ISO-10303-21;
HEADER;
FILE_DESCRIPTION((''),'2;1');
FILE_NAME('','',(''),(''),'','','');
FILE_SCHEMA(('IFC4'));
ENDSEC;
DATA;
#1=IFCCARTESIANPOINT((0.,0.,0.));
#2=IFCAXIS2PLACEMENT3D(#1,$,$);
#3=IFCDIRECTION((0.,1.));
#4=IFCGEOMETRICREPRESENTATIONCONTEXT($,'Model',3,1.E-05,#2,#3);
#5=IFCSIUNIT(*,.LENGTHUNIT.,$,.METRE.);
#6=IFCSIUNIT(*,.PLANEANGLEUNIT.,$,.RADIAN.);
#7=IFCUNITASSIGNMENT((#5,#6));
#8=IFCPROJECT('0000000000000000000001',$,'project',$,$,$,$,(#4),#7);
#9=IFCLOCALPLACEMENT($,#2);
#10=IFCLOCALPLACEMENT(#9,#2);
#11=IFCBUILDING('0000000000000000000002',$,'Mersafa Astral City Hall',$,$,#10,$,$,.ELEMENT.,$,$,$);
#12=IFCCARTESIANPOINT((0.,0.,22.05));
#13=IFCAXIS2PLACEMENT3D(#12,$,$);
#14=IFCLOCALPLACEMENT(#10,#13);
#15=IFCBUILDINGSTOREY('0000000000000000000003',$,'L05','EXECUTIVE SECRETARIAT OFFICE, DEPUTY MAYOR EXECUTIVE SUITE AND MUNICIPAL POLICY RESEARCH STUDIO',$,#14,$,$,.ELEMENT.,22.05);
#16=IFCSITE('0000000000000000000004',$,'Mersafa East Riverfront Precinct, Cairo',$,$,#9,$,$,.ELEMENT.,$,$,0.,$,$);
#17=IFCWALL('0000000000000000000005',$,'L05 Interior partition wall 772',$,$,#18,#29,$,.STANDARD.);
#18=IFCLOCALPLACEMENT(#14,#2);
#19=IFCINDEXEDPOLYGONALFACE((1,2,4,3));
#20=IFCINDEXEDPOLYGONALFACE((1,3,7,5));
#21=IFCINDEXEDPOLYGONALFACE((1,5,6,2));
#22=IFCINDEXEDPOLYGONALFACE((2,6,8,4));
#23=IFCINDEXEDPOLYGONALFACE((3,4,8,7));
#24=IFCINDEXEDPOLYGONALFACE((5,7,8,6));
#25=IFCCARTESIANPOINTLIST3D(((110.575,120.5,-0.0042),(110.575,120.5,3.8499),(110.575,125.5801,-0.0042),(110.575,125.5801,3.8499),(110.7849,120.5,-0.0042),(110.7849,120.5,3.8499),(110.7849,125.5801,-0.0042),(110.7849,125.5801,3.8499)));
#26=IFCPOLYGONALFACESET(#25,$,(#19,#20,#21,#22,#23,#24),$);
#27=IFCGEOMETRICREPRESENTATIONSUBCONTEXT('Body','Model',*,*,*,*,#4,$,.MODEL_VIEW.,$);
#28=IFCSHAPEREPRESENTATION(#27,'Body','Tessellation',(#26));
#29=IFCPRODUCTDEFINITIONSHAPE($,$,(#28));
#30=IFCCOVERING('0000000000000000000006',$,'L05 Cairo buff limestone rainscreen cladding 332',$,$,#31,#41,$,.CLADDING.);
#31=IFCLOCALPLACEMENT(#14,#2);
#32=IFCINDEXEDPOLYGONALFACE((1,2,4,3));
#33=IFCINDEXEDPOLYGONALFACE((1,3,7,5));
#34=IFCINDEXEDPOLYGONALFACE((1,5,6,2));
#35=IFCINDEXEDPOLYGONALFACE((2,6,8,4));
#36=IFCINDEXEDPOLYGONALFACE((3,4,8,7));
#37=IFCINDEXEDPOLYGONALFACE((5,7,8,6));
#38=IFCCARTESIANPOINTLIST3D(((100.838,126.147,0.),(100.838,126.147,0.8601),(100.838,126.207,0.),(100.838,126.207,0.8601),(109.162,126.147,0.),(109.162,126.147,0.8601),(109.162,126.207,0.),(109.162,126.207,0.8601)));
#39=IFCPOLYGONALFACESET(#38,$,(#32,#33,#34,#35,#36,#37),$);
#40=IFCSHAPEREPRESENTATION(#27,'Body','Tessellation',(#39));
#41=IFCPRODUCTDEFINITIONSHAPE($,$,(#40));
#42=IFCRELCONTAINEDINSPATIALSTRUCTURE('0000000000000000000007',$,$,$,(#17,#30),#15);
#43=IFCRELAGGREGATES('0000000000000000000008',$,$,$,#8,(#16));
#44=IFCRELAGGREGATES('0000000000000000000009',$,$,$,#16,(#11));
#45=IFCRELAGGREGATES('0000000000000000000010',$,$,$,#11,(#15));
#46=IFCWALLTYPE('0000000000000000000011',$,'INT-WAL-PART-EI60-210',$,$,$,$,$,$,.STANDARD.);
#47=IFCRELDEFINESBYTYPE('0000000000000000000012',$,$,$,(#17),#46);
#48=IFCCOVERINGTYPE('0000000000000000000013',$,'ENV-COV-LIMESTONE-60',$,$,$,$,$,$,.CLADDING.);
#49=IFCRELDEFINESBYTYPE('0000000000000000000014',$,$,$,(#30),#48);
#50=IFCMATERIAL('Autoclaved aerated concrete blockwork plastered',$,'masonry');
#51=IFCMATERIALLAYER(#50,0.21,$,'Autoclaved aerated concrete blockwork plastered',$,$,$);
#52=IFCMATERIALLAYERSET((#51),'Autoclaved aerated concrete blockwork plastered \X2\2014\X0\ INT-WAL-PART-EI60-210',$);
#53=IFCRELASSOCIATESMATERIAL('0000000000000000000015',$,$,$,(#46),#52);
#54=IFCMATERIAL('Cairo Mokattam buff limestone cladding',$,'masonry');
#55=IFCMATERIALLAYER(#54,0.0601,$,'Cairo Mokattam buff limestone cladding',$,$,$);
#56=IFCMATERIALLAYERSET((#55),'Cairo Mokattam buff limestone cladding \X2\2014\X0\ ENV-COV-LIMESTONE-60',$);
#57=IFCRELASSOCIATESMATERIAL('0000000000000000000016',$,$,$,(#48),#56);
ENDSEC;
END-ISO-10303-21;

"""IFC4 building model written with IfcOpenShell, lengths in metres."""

from ifc_helpers import new_model, si_unit, direction, frame, frame_2d, origin, origin_2d, place, context, subcontext, project, spatial, rectangle, extrude, material, layer, layer_set, type_object, element, save


model = new_model("IFC4")

# Units and contexts
model_context = context("Model", 3, precision=1e-05, world=origin(), true_north=direction((0.0, 1.0)))
body_context = subcontext(model_context, "Body", "Model", "MODEL_VIEW")
ifc_project = project(units=[si_unit("LENGTHUNIT", "METRE"), si_unit("PLANEANGLEUNIT", "RADIAN")], contexts=[model_context])

# Site, building, storey
site_placement = place(None, origin())
site = spatial("IfcSite", under=ifc_project, at=site_placement, Name="Mersafa East Riverfront Precinct, Cairo", CompositionType="ELEMENT", RefElevation=0.0)
building_placement = place(site_placement, origin())
building = spatial("IfcBuilding", under=site, at=building_placement, Name="Mersafa Astral City Hall", CompositionType="ELEMENT")
storey_placement = place(building_placement, frame((0.0, 0.0, 22.05)))
storey = spatial("IfcBuildingStorey", under=building, at=storey_placement, Name="L05", Description="EXECUTIVE SECRETARIAT OFFICE, DEPUTY MAYOR EXECUTIVE SUITE AND MUNICIPAL POLICY RESEARCH STUDIO", CompositionType="ELEMENT", Elevation=22.05)

# Wall
ifc_material_1 = material(Name="Autoclaved aerated concrete blockwork plastered", Category="masonry")
ifc_layer_1 = layer(ifc_material_1, 0.21, Name="Autoclaved aerated concrete blockwork plastered")
ifc_layer_set_1 = layer_set([ifc_layer_1], Name="Autoclaved aerated concrete blockwork plastered — INT-WAL-PART-EI60-210")
wall_type_1 = type_object("IfcWallType", Name="INT-WAL-PART-EI60-210", PredefinedType="STANDARD", material=ifc_layer_set_1)
wall_1_placement = place(storey_placement, frame((110.6799, 120.5, -0.0042), z_axis=(0.0, 0.0, 1.0), x_axis=(0.0, 1.0, 0.0)))
element("IfcWall", 1, at=wall_1_placement, inside=storey, type_object=wall_type_1, Name="L05 Interior partition wall 772", PredefinedType="STANDARD", context=body_context, shape_type="SweptSolid", body=[
    extrude(rectangle(XDim=5.0801, YDim=0.21, at=frame_2d((2.54, 0.0))), origin(), (0.0, 0.0, 1.0), 3.854),
])

# Covering
ifc_material_2 = material(Name="Cairo Mokattam buff limestone cladding", Category="masonry")
ifc_layer_2 = layer(ifc_material_2, 0.0601, Name="Cairo Mokattam buff limestone cladding")
ifc_layer_set_2 = layer_set([ifc_layer_2], Name="Cairo Mokattam buff limestone cladding — ENV-COV-LIMESTONE-60")
covering_type = type_object("IfcCoveringType", Name="ENV-COV-LIMESTONE-60", PredefinedType="CLADDING", material=ifc_layer_set_2)
covering_placement = place(storey_placement, frame((105.0, 126.177, 0.0), z_axis=(0.0, 0.0, 1.0), x_axis=(-1.0, 0.0, 0.0)))
element("IfcCovering", 2, at=covering_placement, inside=storey, type_object=covering_type, Name="L05 Cairo buff limestone rainscreen cladding 332", PredefinedType="CLADDING", context=body_context, shape_type="SweptSolid", body=[
    extrude(rectangle(XDim=8.324, YDim=0.0601, at=origin_2d()), origin(), (0.0, 0.0, 1.0), 0.8601),
])

save(model, "model.ifc")
